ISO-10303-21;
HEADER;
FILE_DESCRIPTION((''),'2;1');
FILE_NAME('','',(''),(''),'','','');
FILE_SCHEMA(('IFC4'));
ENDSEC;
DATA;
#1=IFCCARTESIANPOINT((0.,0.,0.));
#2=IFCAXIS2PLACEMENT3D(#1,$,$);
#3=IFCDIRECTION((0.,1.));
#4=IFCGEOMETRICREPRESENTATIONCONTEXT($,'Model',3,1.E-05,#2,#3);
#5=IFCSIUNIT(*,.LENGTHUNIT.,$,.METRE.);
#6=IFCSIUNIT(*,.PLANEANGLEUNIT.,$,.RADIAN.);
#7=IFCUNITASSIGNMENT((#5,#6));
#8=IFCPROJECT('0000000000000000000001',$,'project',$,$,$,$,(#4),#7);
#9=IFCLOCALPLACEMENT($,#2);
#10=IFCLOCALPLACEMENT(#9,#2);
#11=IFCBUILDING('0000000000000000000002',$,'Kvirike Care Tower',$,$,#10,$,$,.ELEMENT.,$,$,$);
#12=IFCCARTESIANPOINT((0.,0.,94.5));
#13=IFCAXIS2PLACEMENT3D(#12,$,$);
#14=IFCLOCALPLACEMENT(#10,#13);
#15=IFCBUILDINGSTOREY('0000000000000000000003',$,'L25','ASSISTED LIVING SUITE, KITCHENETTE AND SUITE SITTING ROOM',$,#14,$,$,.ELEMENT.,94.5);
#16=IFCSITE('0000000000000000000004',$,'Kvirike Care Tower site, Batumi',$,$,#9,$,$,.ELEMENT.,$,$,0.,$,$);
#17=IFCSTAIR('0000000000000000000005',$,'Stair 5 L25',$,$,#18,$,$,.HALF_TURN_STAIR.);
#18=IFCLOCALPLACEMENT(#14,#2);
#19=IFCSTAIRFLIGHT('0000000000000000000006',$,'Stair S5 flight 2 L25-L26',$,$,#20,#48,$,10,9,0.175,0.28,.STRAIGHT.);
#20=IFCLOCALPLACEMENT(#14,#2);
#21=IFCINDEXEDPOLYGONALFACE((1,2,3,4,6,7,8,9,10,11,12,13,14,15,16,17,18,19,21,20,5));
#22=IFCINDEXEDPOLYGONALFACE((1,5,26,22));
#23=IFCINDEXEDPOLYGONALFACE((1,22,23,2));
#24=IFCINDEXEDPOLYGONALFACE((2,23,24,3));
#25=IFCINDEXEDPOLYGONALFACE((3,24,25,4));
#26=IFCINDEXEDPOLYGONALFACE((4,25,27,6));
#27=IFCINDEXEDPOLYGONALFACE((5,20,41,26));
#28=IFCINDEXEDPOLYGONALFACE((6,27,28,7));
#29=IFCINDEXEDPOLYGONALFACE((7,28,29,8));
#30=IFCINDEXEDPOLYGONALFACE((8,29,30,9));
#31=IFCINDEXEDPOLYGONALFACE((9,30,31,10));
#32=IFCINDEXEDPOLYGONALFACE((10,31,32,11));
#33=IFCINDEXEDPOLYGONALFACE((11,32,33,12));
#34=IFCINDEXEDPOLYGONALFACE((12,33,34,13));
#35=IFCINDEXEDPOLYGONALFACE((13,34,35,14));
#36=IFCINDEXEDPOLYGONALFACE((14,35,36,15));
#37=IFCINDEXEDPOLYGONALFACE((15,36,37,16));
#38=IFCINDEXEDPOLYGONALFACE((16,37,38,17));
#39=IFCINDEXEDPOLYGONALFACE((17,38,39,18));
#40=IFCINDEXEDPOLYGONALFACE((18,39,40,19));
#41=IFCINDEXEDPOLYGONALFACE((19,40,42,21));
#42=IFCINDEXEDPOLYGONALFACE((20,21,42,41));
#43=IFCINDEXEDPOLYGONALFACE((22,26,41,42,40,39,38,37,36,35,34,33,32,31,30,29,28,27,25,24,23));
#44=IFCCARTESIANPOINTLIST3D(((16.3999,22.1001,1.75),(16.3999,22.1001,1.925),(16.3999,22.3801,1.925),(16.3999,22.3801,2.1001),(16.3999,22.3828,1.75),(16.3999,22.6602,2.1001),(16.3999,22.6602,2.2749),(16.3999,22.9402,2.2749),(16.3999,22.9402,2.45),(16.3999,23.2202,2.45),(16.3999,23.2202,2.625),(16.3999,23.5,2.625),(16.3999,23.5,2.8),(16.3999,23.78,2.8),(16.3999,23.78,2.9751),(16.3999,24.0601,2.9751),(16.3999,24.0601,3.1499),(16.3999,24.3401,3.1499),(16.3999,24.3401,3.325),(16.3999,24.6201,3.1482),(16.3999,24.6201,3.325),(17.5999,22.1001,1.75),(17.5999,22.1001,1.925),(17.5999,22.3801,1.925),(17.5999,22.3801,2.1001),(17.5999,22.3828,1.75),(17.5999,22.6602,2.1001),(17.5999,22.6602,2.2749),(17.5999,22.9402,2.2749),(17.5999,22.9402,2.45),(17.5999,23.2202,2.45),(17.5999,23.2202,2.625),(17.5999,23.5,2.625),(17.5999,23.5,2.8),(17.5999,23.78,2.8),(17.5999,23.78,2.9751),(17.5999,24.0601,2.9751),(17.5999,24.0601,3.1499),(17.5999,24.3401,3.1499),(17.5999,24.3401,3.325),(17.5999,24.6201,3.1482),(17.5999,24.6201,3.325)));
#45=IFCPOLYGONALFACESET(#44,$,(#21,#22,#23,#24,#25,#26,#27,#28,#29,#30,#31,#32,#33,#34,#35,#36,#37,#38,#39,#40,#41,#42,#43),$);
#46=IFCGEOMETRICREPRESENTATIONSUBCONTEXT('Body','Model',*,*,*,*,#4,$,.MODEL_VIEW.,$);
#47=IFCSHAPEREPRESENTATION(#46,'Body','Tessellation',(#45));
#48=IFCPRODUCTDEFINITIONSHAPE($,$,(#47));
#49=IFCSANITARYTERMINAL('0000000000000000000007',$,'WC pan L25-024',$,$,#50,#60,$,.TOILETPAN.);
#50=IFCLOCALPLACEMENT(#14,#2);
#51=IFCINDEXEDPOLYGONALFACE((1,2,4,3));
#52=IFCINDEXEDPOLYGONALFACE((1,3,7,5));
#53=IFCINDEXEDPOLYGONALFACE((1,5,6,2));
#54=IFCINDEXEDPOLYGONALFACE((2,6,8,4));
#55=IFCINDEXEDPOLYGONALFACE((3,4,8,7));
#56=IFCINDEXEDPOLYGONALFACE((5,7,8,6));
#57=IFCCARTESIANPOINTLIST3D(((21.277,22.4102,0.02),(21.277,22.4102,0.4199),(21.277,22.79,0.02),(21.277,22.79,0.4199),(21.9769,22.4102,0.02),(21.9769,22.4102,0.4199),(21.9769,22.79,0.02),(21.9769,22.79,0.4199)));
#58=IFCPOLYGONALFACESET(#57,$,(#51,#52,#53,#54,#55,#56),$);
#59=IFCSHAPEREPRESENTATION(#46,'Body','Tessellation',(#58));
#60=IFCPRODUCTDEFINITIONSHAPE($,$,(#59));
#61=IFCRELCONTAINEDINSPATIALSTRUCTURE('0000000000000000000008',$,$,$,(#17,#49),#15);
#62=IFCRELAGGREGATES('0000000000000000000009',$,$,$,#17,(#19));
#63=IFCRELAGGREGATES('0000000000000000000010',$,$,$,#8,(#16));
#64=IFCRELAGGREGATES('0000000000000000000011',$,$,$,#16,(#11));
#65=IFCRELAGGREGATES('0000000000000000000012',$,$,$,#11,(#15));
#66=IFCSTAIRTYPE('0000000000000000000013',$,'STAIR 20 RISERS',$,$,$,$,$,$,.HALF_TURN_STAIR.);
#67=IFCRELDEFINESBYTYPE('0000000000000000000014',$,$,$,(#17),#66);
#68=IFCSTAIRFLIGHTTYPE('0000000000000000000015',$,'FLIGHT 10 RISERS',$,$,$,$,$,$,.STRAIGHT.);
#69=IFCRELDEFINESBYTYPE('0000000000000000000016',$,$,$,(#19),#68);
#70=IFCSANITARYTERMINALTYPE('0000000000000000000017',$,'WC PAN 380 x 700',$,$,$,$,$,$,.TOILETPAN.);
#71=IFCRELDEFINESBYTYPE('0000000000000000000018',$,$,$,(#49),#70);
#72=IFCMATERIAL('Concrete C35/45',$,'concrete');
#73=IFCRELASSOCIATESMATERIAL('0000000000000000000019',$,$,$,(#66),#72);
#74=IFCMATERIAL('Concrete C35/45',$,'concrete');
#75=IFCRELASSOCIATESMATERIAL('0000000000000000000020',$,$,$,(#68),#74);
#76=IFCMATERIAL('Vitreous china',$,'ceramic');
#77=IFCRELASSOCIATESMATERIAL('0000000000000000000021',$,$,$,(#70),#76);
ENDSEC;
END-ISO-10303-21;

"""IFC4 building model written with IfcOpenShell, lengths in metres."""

from ifc_helpers import new_model, si_unit, direction, frame, origin, origin_2d, place, context, subcontext, project, spatial, polyline, rectangle, outline, extrude, material, type_object, element, aggregate, save


model = new_model("IFC4")

# Units and contexts
model_context = context("Model", 3, precision=1e-05, world=origin(), true_north=direction((0.0, 1.0)))
body_context = subcontext(model_context, "Body", "Model", "MODEL_VIEW")
ifc_project = project(units=[si_unit("LENGTHUNIT", "METRE"), si_unit("PLANEANGLEUNIT", "RADIAN")], contexts=[model_context])

# Site, building, storey
site_placement = place(None, origin())
site = spatial("IfcSite", under=ifc_project, at=site_placement, Name="Kvirike Care Tower site, Batumi", CompositionType="ELEMENT", RefElevation=0.0)
building_placement = place(site_placement, origin())
building = spatial("IfcBuilding", under=site, at=building_placement, Name="Kvirike Care Tower", CompositionType="ELEMENT")
storey_placement = place(building_placement, frame((0.0, 0.0, 94.5)))
storey = spatial("IfcBuildingStorey", under=building, at=storey_placement, Name="L25", Description="ASSISTED LIVING SUITE, KITCHENETTE AND SUITE SITTING ROOM", CompositionType="ELEMENT", Elevation=94.5)

# Stair, stair flight
ifc_material_1 = material(Name="Concrete C35/45", Category="concrete")
stair_type = type_object("IfcStairType", Name="STAIR 20 RISERS", PredefinedType="HALF_TURN_STAIR", material=ifc_material_1)
stair_placement = place(storey_placement, origin())
stair = element("IfcStair", 1, at=stair_placement, inside=storey, type_object=stair_type, Name="Stair 5 L25", PredefinedType="HALF_TURN_STAIR")
ifc_material_2 = material(Name="Concrete C35/45", Category="concrete")
stair_flight_type = type_object("IfcStairFlightType", Name="FLIGHT 10 RISERS", PredefinedType="STRAIGHT", material=ifc_material_2)
stair_flight_placement = place(storey_placement, frame((17.0, 22.1001, 1.75), z_axis=(0.0, 0.0, 1.0), x_axis=(0.0, 1.0, 0.0)))
stair_flight = element("IfcStairFlight", 2, at=stair_flight_placement, type_object=stair_flight_type, Name="Stair S5 flight 2 L25-L26", NumberOfRisers=10, NumberOfTreads=9, PredefinedType="STRAIGHT", RiserHeight=0.175, TreadLength=0.28, context=body_context, shape_type="SweptSolid", body=[
    extrude(outline(polyline([(0.0, 0.0), (0.0, 0.175), (0.28, 0.175), (0.28, 0.3501), (0.5601, 0.3501), (0.5601, 0.5249), (0.8401, 0.5249), (0.8401, 0.7), (1.1201, 0.7), (1.1201, 0.875), (1.3999, 0.875), (1.3999, 1.05), (1.6799, 1.05), (1.6799, 1.2251), (1.96, 1.2251), (1.96, 1.3999), (2.24, 1.3999), (2.24, 1.575), (2.52, 1.575), (2.52, 1.75), (2.52, 1.3982), (0.2827, 0.0), (0.0, 0.0)])), frame((0.0, 0.6001, 0.0), z_axis=(0.0, -1.0, 0.0), x_axis=(1.0, 0.0, 0.0)), (0.0, 0.0, 1.0), 1.2),
])
aggregate(stair, [stair_flight])

# Sanitary terminal
ifc_material_3 = material(Name="Vitreous china", Category="ceramic")
sanitary_terminal_type = type_object("IfcSanitaryTerminalType", Name="WC PAN 380 x 700", PredefinedType="TOILETPAN", material=ifc_material_3)
sanitary_terminal_placement = place(storey_placement, frame((21.627, 22.6001, 0.02), z_axis=(0.0, 0.0, 1.0), x_axis=(0.0, 1.0, 0.0)))
element("IfcSanitaryTerminal", 3, at=sanitary_terminal_placement, inside=storey, type_object=sanitary_terminal_type, Name="WC pan L25-024", PredefinedType="TOILETPAN", context=body_context, shape_type="SweptSolid", body=[
    extrude(rectangle(XDim=0.3799, YDim=0.7, at=origin_2d()), origin(), (0.0, 0.0, 1.0), 0.3999),
])

save(model, "model.ifc")
